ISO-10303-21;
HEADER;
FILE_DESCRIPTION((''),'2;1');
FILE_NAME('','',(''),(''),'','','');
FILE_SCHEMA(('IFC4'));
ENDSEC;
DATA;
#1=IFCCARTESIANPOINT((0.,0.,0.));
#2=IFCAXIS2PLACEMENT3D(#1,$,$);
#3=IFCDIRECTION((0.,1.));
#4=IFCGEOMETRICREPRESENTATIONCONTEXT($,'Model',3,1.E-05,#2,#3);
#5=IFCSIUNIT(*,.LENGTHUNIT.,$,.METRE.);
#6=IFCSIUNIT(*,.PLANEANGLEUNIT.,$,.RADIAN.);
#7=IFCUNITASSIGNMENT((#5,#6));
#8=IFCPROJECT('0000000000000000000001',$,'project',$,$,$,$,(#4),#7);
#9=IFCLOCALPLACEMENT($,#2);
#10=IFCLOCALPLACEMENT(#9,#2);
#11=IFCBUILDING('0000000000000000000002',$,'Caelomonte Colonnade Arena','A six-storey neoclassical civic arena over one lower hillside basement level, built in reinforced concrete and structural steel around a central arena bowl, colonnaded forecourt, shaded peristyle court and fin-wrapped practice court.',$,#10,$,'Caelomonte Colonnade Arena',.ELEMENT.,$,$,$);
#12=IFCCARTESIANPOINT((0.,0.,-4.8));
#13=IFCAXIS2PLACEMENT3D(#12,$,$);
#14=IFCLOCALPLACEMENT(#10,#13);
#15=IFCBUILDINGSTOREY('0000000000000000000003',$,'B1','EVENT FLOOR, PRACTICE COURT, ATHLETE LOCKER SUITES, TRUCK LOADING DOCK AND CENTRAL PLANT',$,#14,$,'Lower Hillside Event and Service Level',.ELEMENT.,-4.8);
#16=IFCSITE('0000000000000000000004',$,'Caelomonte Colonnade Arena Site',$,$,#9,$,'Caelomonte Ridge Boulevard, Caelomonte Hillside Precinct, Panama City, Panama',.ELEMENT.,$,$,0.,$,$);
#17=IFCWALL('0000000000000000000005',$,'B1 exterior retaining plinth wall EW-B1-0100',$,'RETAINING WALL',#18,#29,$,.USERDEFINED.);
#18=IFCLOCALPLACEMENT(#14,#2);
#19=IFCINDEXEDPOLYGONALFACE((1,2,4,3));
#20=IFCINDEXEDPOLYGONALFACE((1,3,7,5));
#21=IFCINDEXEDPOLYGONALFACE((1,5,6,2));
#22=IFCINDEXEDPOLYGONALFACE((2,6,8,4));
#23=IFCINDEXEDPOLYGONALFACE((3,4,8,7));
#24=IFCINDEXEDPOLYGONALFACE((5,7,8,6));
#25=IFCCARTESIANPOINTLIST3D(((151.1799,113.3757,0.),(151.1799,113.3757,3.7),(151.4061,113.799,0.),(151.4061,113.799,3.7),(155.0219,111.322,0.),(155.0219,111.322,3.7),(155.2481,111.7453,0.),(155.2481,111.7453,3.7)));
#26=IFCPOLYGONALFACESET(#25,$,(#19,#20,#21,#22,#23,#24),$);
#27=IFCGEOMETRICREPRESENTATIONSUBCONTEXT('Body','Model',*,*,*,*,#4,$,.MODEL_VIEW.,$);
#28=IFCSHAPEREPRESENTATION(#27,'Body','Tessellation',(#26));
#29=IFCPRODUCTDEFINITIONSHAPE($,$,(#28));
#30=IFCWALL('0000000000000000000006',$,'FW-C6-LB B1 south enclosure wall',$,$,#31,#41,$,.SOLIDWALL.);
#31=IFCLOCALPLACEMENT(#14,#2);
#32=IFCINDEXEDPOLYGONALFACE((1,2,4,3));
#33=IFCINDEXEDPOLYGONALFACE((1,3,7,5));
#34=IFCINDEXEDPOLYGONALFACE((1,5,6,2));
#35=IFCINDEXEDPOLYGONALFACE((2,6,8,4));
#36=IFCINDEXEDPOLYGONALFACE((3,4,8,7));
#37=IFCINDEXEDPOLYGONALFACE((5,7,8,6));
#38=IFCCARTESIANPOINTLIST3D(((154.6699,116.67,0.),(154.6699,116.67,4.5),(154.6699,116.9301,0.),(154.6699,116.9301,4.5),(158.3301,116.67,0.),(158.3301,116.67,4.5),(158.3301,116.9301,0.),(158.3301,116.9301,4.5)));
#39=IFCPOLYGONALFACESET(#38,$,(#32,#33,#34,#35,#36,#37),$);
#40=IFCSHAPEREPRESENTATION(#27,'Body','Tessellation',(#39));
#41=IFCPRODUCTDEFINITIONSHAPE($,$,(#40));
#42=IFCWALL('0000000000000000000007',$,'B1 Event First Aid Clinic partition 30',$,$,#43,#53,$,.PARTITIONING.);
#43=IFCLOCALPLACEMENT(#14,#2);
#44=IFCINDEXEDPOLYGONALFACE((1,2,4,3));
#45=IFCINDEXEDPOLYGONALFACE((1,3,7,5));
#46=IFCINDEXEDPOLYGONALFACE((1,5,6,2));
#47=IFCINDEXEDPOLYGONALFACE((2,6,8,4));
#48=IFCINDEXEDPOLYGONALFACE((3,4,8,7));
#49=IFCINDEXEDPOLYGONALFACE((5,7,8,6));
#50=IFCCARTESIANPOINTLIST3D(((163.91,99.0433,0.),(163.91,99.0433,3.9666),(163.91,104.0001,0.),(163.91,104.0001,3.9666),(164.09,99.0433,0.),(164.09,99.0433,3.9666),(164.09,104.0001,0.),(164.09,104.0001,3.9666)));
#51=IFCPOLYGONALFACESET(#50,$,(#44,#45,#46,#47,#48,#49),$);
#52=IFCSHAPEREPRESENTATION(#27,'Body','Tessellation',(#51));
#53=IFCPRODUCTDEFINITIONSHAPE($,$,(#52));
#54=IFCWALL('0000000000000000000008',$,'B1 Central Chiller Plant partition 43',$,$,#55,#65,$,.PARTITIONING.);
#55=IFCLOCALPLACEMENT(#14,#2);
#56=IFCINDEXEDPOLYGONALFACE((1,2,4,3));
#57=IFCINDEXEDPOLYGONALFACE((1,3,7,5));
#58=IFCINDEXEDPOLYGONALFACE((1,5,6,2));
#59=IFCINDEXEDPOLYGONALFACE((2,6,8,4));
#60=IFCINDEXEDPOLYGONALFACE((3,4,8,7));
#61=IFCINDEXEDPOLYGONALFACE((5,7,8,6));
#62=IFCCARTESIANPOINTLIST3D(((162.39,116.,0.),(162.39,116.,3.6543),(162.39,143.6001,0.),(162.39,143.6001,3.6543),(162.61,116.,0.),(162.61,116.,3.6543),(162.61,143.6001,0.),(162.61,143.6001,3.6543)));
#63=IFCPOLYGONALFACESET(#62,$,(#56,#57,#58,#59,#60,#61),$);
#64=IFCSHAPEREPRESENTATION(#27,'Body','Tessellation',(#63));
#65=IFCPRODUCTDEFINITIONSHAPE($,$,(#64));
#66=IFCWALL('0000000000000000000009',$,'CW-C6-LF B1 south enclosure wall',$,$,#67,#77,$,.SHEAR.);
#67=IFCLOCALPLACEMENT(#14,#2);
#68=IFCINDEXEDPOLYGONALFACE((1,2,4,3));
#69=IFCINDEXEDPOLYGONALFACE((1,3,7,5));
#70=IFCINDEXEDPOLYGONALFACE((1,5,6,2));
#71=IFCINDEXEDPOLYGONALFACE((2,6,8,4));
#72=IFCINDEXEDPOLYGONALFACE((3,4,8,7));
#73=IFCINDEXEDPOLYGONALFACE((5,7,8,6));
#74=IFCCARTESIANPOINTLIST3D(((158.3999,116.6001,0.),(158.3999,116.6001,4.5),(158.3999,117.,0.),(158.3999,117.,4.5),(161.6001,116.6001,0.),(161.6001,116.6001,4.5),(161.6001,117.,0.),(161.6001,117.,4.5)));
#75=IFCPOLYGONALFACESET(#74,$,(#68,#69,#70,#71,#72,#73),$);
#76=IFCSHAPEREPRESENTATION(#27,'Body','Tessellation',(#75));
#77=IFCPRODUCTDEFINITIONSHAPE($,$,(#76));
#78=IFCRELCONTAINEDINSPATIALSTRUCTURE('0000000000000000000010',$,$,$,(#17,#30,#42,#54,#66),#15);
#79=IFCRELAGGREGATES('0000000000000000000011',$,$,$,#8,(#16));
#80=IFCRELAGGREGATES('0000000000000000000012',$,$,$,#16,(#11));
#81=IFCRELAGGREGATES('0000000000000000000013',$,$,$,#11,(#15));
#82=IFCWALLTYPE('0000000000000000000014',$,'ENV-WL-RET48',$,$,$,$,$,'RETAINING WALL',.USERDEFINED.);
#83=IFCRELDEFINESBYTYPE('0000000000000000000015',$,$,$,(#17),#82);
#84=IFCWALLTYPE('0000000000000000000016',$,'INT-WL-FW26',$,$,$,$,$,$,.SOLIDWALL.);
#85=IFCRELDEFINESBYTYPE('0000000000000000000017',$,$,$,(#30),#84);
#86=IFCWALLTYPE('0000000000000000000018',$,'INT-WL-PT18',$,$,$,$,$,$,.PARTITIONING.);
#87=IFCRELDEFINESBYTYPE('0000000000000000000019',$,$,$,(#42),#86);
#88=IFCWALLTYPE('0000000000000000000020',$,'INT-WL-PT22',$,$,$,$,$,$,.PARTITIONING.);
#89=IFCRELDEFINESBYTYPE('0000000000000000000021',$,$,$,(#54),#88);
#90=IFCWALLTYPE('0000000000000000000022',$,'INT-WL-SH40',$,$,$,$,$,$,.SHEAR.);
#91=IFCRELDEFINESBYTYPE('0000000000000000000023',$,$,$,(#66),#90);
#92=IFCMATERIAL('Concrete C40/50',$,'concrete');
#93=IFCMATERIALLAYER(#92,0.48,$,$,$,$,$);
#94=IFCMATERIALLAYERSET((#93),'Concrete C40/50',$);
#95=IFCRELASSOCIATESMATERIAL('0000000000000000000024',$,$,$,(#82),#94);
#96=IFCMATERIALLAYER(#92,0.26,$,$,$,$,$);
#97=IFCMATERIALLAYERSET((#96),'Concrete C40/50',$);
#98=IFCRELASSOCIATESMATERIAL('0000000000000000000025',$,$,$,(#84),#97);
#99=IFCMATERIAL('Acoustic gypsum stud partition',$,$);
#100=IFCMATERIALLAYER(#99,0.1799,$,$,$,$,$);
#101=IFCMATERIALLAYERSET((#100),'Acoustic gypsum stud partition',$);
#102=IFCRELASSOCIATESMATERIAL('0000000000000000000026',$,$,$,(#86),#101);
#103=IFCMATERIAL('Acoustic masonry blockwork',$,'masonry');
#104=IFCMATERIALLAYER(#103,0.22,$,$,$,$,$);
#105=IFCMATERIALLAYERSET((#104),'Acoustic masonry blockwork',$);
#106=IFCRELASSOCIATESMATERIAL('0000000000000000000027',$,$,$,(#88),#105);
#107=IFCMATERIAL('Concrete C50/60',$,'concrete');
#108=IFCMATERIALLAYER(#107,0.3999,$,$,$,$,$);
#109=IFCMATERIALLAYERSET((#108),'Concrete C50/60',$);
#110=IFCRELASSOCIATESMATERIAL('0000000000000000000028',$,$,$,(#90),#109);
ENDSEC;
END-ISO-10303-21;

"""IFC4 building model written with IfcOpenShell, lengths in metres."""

from ifc_helpers import new_model, si_unit, direction, frame, frame_2d, origin, place, context, subcontext, project, spatial, rectangle, extrude, material, layer, layer_set, type_object, element, save


model = new_model("IFC4")

# Units and contexts
model_context = context("Model", 3, precision=1e-05, world=origin(), true_north=direction((0.0, 1.0)))
body_context = subcontext(model_context, "Body", "Model", "MODEL_VIEW")
ifc_project = project(units=[si_unit("LENGTHUNIT", "METRE"), si_unit("PLANEANGLEUNIT", "RADIAN")], contexts=[model_context])

# Site, building, storey
site_placement = place(None, origin())
site = spatial("IfcSite", under=ifc_project, at=site_placement, Name="Caelomonte Colonnade Arena Site", LongName="Caelomonte Ridge Boulevard, Caelomonte Hillside Precinct, Panama City, Panama", CompositionType="ELEMENT", RefElevation=0.0)
building_placement = place(site_placement, origin())
building = spatial("IfcBuilding", under=site, at=building_placement, Name="Caelomonte Colonnade Arena", Description="A six-storey neoclassical civic arena over one lower hillside basement level, built in reinforced concrete and structural steel around a central arena bowl, colonnaded forecourt, shaded peristyle court and fin-wrapped practice court.", LongName="Caelomonte Colonnade Arena", CompositionType="ELEMENT")
storey_placement = place(building_placement, frame((0.0, 0.0, -4.8)))
storey = spatial("IfcBuildingStorey", under=building, at=storey_placement, Name="B1", Description="EVENT FLOOR, PRACTICE COURT, ATHLETE LOCKER SUITES, TRUCK LOADING DOCK AND CENTRAL PLANT", LongName="Lower Hillside Event and Service Level", CompositionType="ELEMENT", Elevation=-4.8)

# Shared definitions
ifc_material_1 = material(Name="Concrete C40/50", Category="concrete")

# Shared definitions
ifc_material_2 = material(Name="Concrete C50/60", Category="concrete")

# Walls
ifc_layer_1 = layer(ifc_material_1, 0.48)
ifc_layer_set_1 = layer_set([ifc_layer_1], Name="Concrete C40/50")
wall_type_1 = type_object("IfcWallType", Name="ENV-WL-RET48", ElementType="RETAINING WALL", PredefinedType="USERDEFINED", material=ifc_layer_set_1)
wall_1_placement = place(storey_placement, frame((155.135, 111.5337, 0.0), z_axis=(0.0, 0.0, 1.0), x_axis=(-0.881912, 0.471414, 0.0)))
element("IfcWall", 1, at=wall_1_placement, inside=storey, type_object=wall_type_1, Name="B1 exterior retaining plinth wall EW-B1-0100", ObjectType="RETAINING WALL", PredefinedType="USERDEFINED", context=body_context, shape_type="SweptSolid", body=[
    extrude(rectangle(XDim=4.3564, YDim=0.48, at=frame_2d((2.1782, 0.0))), origin(), (0.0, 0.0, 1.0), 3.7),
])
ifc_layer_2 = layer(ifc_material_1, 0.26)
ifc_layer_set_2 = layer_set([ifc_layer_2], Name="Concrete C40/50")
wall_type_2 = type_object("IfcWallType", Name="INT-WL-FW26", PredefinedType="SOLIDWALL", material=ifc_layer_set_2)
wall_2_placement = place(storey_placement, frame((154.6699, 116.8, 0.0), z_axis=(0.0, 0.0, 1.0), x_axis=(1.0, 0.0, 0.0)))
element("IfcWall", 2, at=wall_2_placement, inside=storey, type_object=wall_type_2, Name="FW-C6-LB B1 south enclosure wall", PredefinedType="SOLIDWALL", context=body_context, shape_type="SweptSolid", body=[
    extrude(rectangle(XDim=3.6602, YDim=0.26, at=frame_2d((1.8301, 0.0))), origin(), (0.0, 0.0, 1.0), 4.5),
])
ifc_material_3 = material(Name="Acoustic gypsum stud partition")
ifc_layer_3 = layer(ifc_material_3, 0.1799)
ifc_layer_set_3 = layer_set([ifc_layer_3], Name="Acoustic gypsum stud partition")
wall_type_3 = type_object("IfcWallType", Name="INT-WL-PT18", PredefinedType="PARTITIONING", material=ifc_layer_set_3)
wall_3_placement = place(storey_placement, frame((164.0, 99.0432, 0.0), z_axis=(0.0, 0.0, 1.0), x_axis=(0.0, 1.0, 0.0)))
element("IfcWall", 3, at=wall_3_placement, inside=storey, type_object=wall_type_3, Name="B1 Event First Aid Clinic partition 30", PredefinedType="PARTITIONING", context=body_context, shape_type="SweptSolid", body=[
    extrude(rectangle(XDim=4.9568, YDim=0.1799, at=frame_2d((2.4785, 0.0))), origin(), (0.0, 0.0, 1.0), 3.9666),
])
ifc_material_4 = material(Name="Acoustic masonry blockwork", Category="masonry")
ifc_layer_4 = layer(ifc_material_4, 0.22)
ifc_layer_set_4 = layer_set([ifc_layer_4], Name="Acoustic masonry blockwork")
wall_type_4 = type_object("IfcWallType", Name="INT-WL-PT22", PredefinedType="PARTITIONING", material=ifc_layer_set_4)
wall_4_placement = place(storey_placement, frame((162.5, 116.0, 0.0), z_axis=(0.0, 0.0, 1.0), x_axis=(0.0, 1.0, 0.0)))
element("IfcWall", 4, at=wall_4_placement, inside=storey, type_object=wall_type_4, Name="B1 Central Chiller Plant partition 43", PredefinedType="PARTITIONING", context=body_context, shape_type="SweptSolid", body=[
    extrude(rectangle(XDim=27.6001, YDim=0.22, at=frame_2d((13.8, 0.0))), origin(), (0.0, 0.0, 1.0), 3.6543),
])
ifc_layer_5 = layer(ifc_material_2, 0.3999)
ifc_layer_set_5 = layer_set([ifc_layer_5], Name="Concrete C50/60")
wall_type_5 = type_object("IfcWallType", Name="INT-WL-SH40", PredefinedType="SHEAR", material=ifc_layer_set_5)
wall_5_placement = place(storey_placement, frame((158.3999, 116.8, 0.0), z_axis=(0.0, 0.0, 1.0), x_axis=(1.0, 0.0, 0.0)))
element("IfcWall", 5, at=wall_5_placement, inside=storey, type_object=wall_type_5, Name="CW-C6-LF B1 south enclosure wall", PredefinedType="SHEAR", context=body_context, shape_type="SweptSolid", body=[
    extrude(rectangle(XDim=3.2002, YDim=0.3999, at=frame_2d((1.6001, 0.0))), origin(), (0.0, 0.0, 1.0), 4.5),
])

save(model, "model.ifc")
